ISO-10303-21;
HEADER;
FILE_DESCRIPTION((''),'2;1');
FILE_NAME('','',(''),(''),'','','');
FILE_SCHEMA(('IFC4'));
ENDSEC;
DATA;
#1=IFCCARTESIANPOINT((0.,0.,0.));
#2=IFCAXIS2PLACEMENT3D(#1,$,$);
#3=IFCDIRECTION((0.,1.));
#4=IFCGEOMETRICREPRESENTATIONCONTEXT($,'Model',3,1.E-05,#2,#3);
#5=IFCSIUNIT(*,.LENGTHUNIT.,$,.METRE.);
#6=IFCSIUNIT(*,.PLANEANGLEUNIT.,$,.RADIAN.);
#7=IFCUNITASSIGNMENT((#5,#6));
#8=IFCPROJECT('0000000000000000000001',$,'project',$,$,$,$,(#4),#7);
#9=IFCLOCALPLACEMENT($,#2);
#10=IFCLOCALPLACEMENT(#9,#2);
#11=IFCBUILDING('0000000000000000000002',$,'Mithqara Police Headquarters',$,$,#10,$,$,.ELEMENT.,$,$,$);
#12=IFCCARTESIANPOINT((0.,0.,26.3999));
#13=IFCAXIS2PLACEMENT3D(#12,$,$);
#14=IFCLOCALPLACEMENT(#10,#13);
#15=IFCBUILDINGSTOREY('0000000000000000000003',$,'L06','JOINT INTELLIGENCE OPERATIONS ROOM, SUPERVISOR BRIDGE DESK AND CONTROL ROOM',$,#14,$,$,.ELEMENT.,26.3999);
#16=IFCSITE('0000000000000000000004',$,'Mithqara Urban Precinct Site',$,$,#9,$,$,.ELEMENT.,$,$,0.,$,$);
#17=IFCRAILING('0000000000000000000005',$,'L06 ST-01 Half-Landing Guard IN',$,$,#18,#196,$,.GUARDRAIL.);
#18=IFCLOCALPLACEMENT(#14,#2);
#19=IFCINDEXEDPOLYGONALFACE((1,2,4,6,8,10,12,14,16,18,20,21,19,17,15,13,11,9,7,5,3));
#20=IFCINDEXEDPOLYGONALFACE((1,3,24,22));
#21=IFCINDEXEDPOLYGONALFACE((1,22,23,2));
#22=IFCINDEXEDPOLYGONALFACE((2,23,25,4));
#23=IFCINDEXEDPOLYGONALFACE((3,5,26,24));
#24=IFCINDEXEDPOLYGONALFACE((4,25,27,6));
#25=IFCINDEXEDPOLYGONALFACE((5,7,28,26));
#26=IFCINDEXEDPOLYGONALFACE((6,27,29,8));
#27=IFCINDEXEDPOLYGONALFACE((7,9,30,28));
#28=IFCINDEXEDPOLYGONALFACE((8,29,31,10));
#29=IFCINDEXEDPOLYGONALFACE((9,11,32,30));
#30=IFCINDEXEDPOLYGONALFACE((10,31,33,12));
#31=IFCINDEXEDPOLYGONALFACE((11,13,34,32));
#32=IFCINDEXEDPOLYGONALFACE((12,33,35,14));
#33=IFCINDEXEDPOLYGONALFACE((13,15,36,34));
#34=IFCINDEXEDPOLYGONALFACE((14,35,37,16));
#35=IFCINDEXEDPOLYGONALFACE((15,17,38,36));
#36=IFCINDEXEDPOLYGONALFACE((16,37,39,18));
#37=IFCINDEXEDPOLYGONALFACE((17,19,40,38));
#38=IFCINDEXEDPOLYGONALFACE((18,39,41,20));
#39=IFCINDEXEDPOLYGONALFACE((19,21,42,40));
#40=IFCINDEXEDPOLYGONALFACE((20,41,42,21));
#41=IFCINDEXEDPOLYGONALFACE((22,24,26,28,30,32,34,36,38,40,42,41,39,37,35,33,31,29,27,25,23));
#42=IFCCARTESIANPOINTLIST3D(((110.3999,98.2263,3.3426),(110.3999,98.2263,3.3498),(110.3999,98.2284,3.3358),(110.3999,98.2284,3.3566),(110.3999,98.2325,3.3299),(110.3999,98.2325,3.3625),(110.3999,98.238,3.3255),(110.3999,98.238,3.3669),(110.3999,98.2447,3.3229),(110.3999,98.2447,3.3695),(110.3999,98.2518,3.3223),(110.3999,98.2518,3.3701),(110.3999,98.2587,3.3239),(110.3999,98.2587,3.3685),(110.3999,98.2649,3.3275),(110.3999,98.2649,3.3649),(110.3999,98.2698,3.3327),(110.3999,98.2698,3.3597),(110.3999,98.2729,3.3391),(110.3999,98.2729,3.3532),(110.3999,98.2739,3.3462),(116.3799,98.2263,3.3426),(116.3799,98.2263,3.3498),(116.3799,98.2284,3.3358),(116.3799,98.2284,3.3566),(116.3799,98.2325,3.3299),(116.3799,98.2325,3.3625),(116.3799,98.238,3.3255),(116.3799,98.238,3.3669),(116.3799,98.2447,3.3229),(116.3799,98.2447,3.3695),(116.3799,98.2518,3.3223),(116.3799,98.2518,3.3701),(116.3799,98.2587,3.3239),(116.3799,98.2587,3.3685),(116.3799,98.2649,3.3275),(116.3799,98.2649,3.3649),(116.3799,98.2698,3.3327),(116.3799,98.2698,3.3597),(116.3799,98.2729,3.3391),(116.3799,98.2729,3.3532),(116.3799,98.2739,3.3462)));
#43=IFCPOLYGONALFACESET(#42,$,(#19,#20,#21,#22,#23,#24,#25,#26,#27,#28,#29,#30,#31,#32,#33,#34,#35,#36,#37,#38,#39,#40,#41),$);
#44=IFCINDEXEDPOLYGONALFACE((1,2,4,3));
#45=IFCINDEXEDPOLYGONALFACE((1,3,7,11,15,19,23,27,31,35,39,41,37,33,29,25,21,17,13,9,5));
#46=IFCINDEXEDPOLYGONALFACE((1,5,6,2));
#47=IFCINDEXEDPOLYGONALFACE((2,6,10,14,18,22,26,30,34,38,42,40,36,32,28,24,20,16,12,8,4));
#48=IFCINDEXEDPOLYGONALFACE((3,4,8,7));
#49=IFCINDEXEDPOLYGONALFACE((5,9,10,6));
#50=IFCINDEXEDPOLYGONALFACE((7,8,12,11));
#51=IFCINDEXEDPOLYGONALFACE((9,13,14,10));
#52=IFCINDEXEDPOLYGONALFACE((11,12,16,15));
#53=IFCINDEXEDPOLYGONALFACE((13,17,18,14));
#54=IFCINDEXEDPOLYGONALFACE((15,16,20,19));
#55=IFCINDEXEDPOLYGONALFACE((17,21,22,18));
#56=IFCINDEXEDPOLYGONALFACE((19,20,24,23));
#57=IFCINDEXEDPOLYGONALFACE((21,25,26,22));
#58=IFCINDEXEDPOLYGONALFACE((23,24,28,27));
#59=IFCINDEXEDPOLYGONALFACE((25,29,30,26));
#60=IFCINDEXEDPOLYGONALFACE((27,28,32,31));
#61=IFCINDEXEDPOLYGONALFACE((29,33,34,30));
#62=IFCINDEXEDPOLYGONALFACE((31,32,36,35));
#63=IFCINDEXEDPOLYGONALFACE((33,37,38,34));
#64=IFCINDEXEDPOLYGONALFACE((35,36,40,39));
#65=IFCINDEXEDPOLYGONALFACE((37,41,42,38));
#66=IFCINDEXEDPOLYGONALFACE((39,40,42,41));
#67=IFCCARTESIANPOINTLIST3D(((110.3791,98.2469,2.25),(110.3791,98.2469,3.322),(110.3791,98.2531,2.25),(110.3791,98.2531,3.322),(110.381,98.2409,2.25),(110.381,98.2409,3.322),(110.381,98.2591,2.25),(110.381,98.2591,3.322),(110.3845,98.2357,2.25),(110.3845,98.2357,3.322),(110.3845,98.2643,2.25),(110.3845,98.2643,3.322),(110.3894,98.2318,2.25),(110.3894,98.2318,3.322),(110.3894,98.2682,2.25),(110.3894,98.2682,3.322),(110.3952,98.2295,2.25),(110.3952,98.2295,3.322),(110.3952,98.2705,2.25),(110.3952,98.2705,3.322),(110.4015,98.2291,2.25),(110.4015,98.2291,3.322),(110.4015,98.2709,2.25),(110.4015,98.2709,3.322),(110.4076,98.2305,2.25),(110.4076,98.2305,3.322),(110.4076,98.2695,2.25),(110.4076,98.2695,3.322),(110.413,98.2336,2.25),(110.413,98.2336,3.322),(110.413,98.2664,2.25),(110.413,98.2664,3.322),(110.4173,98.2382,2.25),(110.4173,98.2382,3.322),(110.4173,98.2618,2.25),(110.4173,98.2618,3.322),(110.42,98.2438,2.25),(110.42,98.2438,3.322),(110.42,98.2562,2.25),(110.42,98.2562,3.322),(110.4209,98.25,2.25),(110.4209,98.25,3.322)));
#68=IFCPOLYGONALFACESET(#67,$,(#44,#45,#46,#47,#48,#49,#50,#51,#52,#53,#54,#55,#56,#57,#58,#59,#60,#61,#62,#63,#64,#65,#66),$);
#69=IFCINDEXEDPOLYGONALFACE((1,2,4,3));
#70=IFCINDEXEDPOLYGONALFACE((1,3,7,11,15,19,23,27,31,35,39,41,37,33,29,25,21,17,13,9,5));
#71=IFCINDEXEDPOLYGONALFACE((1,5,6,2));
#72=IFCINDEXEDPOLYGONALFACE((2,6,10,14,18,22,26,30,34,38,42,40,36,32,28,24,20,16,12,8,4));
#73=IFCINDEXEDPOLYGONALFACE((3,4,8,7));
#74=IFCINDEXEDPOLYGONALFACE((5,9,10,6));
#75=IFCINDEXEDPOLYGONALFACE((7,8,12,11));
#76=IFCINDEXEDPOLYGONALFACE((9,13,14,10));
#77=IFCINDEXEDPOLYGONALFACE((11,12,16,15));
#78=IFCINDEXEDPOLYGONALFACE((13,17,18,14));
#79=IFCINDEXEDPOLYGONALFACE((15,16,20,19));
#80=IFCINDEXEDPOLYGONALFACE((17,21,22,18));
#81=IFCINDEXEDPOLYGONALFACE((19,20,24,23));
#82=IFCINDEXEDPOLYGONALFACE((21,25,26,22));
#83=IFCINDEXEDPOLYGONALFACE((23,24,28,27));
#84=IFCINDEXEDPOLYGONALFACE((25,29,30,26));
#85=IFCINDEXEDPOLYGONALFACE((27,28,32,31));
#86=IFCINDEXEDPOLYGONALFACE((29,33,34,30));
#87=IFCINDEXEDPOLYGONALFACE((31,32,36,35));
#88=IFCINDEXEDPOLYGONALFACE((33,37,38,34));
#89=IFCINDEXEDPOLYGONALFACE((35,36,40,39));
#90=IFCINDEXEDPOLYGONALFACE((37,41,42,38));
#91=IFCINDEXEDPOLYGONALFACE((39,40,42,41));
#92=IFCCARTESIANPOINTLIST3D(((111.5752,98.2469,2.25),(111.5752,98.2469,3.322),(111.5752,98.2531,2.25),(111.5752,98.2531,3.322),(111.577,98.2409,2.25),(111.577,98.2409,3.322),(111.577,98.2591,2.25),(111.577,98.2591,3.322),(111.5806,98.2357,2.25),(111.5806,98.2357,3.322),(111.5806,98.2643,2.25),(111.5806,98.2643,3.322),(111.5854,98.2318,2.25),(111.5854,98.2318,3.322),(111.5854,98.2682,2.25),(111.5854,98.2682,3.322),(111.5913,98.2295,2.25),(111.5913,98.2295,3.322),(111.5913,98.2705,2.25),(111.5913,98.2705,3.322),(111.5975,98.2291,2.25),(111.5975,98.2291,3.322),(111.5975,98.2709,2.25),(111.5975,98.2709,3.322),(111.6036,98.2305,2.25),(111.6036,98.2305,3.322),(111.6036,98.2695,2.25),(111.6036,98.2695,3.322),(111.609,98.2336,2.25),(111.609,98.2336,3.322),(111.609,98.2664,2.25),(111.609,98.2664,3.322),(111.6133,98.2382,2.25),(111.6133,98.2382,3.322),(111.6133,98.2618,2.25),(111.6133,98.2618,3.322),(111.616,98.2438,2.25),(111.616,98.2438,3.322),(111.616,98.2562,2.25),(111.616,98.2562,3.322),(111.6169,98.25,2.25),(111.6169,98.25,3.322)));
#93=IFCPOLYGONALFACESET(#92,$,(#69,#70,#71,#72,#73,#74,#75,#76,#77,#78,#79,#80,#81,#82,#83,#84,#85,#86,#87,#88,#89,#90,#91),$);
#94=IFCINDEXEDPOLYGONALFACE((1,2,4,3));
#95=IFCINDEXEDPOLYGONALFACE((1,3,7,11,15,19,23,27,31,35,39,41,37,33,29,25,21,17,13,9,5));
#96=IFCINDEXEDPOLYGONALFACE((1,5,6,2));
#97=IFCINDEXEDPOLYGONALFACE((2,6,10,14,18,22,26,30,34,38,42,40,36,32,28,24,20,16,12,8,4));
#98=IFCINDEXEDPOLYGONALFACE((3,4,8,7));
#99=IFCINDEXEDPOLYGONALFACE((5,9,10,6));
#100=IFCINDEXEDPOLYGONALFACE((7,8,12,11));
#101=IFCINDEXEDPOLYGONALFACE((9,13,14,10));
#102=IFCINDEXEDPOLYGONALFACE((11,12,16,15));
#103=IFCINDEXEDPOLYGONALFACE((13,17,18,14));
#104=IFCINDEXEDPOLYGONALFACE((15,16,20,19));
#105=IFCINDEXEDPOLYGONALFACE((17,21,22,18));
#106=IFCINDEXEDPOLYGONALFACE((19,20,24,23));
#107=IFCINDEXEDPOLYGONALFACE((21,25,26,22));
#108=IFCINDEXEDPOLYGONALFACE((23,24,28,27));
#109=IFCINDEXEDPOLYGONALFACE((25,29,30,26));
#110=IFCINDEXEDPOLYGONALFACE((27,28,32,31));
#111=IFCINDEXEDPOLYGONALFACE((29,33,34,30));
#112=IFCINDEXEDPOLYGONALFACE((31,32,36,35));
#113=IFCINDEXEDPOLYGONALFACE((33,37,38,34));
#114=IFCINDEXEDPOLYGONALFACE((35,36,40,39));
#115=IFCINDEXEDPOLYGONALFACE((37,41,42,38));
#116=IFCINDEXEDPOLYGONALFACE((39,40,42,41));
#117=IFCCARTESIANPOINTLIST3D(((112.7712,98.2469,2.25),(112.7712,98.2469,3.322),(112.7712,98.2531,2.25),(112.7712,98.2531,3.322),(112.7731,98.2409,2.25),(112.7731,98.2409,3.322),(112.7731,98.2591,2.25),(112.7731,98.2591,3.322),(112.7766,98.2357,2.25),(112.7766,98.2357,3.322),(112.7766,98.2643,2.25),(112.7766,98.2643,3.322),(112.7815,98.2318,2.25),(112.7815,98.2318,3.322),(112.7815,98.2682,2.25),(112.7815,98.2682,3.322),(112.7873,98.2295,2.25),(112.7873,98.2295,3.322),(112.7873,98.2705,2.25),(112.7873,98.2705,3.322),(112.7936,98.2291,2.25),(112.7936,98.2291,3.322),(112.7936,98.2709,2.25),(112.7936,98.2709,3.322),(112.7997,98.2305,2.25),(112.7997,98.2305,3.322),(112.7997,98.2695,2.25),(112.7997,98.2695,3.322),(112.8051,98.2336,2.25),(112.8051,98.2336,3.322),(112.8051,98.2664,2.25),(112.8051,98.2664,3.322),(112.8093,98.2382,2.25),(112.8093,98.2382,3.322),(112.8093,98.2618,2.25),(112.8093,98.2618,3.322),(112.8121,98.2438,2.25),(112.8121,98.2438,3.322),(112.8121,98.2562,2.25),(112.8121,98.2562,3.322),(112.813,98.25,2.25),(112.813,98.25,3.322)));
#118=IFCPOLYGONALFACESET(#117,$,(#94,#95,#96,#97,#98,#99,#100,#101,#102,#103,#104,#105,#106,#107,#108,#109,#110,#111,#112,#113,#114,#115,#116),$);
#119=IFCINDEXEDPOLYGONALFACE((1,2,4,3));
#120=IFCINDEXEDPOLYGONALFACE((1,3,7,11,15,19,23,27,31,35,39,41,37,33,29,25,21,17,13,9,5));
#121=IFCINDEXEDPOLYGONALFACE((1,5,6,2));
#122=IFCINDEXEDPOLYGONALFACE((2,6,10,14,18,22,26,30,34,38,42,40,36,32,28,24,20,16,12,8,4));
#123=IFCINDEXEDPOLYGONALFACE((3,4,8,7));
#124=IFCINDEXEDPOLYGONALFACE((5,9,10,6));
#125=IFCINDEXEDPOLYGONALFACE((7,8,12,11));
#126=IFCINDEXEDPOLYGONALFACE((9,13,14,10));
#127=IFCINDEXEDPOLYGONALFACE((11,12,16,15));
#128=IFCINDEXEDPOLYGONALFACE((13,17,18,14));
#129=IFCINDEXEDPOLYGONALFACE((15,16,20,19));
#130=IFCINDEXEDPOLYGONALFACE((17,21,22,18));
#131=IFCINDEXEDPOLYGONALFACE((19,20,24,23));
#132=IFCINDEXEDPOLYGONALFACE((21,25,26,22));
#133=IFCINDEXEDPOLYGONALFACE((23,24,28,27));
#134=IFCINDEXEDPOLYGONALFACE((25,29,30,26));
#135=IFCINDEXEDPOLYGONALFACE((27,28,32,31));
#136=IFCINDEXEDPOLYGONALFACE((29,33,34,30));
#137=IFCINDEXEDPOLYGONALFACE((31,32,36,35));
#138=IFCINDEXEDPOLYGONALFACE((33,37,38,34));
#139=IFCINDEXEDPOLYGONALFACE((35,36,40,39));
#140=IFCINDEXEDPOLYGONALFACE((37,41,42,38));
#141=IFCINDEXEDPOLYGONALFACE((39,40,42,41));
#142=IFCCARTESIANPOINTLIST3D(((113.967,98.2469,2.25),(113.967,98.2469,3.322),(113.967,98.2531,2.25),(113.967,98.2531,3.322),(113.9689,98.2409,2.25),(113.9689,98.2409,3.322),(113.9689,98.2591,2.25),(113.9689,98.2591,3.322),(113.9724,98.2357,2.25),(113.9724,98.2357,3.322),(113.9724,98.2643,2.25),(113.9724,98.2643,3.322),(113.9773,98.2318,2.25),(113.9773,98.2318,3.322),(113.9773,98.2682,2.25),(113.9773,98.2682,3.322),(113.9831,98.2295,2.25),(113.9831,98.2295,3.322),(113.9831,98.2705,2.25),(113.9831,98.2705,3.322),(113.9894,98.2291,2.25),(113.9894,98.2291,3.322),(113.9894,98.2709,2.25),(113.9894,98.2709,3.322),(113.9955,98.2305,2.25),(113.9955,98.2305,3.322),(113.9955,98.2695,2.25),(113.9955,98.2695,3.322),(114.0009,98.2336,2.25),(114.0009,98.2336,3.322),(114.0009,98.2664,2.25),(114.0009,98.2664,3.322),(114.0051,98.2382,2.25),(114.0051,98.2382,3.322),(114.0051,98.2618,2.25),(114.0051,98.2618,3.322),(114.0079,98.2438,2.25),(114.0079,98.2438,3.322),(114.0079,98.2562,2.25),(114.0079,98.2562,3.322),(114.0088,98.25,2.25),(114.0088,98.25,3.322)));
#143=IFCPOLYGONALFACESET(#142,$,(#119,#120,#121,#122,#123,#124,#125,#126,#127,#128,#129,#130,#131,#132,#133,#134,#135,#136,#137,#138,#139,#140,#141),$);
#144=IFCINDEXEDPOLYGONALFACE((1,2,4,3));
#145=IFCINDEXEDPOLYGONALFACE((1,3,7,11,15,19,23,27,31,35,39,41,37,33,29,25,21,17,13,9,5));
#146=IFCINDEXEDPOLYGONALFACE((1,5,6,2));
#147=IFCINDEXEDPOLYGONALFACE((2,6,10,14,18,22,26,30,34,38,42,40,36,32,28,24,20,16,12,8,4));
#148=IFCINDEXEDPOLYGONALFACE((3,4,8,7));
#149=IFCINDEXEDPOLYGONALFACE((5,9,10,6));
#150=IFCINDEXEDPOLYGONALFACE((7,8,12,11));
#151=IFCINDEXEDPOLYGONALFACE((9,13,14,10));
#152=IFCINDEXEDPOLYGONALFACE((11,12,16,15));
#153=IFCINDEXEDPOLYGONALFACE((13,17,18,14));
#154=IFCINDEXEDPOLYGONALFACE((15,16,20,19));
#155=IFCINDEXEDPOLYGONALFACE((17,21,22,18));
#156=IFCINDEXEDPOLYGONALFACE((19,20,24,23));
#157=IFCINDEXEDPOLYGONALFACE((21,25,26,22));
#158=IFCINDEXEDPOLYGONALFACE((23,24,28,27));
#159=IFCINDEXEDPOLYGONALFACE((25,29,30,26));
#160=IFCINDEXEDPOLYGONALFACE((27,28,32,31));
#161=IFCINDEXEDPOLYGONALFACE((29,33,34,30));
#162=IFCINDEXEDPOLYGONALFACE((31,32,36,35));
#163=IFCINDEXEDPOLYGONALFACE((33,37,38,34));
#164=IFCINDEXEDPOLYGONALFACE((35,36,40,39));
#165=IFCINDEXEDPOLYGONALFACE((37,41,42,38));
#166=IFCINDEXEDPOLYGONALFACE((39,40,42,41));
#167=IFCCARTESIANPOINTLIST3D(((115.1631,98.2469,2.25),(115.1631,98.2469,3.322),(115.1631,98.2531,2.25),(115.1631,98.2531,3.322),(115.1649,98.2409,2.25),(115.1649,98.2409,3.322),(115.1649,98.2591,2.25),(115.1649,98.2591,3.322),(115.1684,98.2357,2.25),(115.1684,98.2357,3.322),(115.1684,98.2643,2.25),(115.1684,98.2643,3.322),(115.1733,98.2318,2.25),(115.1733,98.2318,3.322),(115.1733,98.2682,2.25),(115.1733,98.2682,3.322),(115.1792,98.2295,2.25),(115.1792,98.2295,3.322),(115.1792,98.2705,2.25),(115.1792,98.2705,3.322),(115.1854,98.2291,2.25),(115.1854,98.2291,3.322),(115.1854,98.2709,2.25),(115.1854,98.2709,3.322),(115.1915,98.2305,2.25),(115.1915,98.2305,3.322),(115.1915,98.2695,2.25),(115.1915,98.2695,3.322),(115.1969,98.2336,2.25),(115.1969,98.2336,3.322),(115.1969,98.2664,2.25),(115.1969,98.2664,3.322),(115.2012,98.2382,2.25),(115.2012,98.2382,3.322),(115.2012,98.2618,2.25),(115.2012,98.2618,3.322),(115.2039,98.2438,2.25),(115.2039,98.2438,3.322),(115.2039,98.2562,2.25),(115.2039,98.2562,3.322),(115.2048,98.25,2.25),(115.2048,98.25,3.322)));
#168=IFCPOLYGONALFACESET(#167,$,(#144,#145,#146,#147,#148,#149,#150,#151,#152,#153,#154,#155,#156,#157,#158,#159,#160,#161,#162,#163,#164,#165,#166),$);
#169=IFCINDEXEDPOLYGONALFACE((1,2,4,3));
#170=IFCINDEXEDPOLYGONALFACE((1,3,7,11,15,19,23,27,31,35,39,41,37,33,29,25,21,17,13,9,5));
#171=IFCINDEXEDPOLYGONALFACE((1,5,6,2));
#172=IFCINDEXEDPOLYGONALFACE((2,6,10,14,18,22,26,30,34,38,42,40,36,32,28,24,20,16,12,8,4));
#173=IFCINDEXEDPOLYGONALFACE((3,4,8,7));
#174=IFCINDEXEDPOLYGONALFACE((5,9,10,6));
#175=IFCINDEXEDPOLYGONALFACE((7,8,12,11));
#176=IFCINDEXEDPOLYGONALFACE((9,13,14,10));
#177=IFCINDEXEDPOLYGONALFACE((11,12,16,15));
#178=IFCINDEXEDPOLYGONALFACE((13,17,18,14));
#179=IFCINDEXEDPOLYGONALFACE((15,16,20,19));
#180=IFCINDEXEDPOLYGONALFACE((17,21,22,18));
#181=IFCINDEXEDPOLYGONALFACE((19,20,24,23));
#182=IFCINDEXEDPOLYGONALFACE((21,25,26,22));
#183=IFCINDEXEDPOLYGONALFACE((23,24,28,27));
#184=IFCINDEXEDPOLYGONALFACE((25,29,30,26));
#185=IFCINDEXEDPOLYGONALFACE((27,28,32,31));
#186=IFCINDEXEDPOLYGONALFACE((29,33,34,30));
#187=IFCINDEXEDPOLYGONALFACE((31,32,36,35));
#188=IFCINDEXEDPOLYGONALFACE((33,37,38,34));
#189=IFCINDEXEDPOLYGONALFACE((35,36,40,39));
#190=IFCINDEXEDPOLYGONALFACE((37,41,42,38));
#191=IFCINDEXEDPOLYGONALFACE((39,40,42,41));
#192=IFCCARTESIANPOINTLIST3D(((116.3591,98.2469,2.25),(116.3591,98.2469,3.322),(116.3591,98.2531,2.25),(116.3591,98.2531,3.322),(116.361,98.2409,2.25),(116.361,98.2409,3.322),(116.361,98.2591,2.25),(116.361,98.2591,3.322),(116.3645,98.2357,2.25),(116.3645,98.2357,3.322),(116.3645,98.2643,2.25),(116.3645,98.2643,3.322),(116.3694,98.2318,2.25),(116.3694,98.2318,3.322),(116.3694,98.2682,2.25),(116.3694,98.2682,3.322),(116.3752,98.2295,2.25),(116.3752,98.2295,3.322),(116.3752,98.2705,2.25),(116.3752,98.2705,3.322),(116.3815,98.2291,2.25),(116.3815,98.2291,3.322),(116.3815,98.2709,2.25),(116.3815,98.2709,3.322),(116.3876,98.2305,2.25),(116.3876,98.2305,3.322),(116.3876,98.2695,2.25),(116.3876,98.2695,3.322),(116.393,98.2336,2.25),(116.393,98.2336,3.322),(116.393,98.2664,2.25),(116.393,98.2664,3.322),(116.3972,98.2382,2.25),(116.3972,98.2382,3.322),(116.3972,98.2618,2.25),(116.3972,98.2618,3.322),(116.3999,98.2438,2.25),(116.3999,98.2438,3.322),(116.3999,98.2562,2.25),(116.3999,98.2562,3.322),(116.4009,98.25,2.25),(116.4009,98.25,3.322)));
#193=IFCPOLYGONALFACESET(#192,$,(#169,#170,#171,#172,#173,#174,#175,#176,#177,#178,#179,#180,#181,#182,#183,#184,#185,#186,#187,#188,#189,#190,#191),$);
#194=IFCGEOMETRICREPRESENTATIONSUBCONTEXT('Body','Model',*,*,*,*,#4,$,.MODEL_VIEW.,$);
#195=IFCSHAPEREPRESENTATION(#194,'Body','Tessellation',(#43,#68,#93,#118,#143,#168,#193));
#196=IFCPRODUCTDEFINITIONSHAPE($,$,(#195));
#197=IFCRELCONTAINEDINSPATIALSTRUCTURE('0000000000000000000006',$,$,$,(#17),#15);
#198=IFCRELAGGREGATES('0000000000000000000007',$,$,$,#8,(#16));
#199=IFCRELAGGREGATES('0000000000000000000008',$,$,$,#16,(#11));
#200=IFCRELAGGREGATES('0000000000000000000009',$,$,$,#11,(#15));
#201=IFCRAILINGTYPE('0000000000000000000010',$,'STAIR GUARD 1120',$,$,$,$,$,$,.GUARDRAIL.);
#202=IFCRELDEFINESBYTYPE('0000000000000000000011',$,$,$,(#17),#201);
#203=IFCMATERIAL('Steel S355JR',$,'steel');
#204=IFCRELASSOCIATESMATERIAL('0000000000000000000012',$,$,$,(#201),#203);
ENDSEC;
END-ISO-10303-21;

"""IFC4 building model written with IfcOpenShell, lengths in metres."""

from ifc_helpers import new_model, si_unit, direction, frame, origin, origin_2d, place, context, subcontext, project, spatial, circle, extrude, material, type_object, element, save


model = new_model("IFC4")

# Units and contexts
model_context = context("Model", 3, precision=1e-05, world=origin(), true_north=direction((0.0, 1.0)))
body_context = subcontext(model_context, "Body", "Model", "MODEL_VIEW")
ifc_project = project(units=[si_unit("LENGTHUNIT", "METRE"), si_unit("PLANEANGLEUNIT", "RADIAN")], contexts=[model_context])

# Site, building, storey
site_placement = place(None, origin())
site = spatial("IfcSite", under=ifc_project, at=site_placement, Name="Mithqara Urban Precinct Site", CompositionType="ELEMENT", RefElevation=0.0)
building_placement = place(site_placement, origin())
building = spatial("IfcBuilding", under=site, at=building_placement, Name="Mithqara Police Headquarters", CompositionType="ELEMENT")
storey_placement = place(building_placement, frame((0.0, 0.0, 26.3999)))
storey = spatial("IfcBuildingStorey", under=building, at=storey_placement, Name="L06", Description="JOINT INTELLIGENCE OPERATIONS ROOM, SUPERVISOR BRIDGE DESK AND CONTROL ROOM", CompositionType="ELEMENT", Elevation=26.3999)

# Shared definitions
ifc_material_1 = material(Name="Steel S355JR", Category="steel")

# Railing
railing_type = type_object("IfcRailingType", Name="STAIR GUARD 1120", PredefinedType="GUARDRAIL", material=ifc_material_1)
for number, where, name in (
    (1, (110.3999, 98.25, 2.25), "L06 ST-01 Half-Landing Guard IN"),
):
    element("IfcRailing", number, at=place(storey_placement, frame(where)), inside=storey, type_object=railing_type, Name=name, PredefinedType="GUARDRAIL", context=body_context, shape_type="SweptSolid", body=[
        extrude(circle(Radius=0.0239, at=origin_2d()), frame((0.0, 0.0, 1.0962), z_axis=(1.0, 0.0, 0.0), x_axis=(0.0, 1.0, 0.0)), (0.0, 0.0, 1.0), 5.98),
        extrude(circle(Radius=0.021, at=origin_2d()), origin(), (0.0, 0.0, 1.0), 1.072),
        extrude(circle(Radius=0.021, at=origin_2d()), frame((1.196, 0.0, 0.0)), (0.0, 0.0, 1.0), 1.072),
        extrude(circle(Radius=0.021, at=origin_2d()), frame((2.3921, 0.0, 0.0)), (0.0, 0.0, 1.0), 1.072),
        extrude(circle(Radius=0.021, at=origin_2d()), frame((3.5879, 0.0, 0.0)), (0.0, 0.0, 1.0), 1.072),
        extrude(circle(Radius=0.021, at=origin_2d()), frame((4.7839, 0.0, 0.0)), (0.0, 0.0, 1.0), 1.072),
        extrude(circle(Radius=0.021, at=origin_2d()), frame((5.98, 0.0, 0.0)), (0.0, 0.0, 1.0), 1.072),
    ])

save(model, "model.ifc")
